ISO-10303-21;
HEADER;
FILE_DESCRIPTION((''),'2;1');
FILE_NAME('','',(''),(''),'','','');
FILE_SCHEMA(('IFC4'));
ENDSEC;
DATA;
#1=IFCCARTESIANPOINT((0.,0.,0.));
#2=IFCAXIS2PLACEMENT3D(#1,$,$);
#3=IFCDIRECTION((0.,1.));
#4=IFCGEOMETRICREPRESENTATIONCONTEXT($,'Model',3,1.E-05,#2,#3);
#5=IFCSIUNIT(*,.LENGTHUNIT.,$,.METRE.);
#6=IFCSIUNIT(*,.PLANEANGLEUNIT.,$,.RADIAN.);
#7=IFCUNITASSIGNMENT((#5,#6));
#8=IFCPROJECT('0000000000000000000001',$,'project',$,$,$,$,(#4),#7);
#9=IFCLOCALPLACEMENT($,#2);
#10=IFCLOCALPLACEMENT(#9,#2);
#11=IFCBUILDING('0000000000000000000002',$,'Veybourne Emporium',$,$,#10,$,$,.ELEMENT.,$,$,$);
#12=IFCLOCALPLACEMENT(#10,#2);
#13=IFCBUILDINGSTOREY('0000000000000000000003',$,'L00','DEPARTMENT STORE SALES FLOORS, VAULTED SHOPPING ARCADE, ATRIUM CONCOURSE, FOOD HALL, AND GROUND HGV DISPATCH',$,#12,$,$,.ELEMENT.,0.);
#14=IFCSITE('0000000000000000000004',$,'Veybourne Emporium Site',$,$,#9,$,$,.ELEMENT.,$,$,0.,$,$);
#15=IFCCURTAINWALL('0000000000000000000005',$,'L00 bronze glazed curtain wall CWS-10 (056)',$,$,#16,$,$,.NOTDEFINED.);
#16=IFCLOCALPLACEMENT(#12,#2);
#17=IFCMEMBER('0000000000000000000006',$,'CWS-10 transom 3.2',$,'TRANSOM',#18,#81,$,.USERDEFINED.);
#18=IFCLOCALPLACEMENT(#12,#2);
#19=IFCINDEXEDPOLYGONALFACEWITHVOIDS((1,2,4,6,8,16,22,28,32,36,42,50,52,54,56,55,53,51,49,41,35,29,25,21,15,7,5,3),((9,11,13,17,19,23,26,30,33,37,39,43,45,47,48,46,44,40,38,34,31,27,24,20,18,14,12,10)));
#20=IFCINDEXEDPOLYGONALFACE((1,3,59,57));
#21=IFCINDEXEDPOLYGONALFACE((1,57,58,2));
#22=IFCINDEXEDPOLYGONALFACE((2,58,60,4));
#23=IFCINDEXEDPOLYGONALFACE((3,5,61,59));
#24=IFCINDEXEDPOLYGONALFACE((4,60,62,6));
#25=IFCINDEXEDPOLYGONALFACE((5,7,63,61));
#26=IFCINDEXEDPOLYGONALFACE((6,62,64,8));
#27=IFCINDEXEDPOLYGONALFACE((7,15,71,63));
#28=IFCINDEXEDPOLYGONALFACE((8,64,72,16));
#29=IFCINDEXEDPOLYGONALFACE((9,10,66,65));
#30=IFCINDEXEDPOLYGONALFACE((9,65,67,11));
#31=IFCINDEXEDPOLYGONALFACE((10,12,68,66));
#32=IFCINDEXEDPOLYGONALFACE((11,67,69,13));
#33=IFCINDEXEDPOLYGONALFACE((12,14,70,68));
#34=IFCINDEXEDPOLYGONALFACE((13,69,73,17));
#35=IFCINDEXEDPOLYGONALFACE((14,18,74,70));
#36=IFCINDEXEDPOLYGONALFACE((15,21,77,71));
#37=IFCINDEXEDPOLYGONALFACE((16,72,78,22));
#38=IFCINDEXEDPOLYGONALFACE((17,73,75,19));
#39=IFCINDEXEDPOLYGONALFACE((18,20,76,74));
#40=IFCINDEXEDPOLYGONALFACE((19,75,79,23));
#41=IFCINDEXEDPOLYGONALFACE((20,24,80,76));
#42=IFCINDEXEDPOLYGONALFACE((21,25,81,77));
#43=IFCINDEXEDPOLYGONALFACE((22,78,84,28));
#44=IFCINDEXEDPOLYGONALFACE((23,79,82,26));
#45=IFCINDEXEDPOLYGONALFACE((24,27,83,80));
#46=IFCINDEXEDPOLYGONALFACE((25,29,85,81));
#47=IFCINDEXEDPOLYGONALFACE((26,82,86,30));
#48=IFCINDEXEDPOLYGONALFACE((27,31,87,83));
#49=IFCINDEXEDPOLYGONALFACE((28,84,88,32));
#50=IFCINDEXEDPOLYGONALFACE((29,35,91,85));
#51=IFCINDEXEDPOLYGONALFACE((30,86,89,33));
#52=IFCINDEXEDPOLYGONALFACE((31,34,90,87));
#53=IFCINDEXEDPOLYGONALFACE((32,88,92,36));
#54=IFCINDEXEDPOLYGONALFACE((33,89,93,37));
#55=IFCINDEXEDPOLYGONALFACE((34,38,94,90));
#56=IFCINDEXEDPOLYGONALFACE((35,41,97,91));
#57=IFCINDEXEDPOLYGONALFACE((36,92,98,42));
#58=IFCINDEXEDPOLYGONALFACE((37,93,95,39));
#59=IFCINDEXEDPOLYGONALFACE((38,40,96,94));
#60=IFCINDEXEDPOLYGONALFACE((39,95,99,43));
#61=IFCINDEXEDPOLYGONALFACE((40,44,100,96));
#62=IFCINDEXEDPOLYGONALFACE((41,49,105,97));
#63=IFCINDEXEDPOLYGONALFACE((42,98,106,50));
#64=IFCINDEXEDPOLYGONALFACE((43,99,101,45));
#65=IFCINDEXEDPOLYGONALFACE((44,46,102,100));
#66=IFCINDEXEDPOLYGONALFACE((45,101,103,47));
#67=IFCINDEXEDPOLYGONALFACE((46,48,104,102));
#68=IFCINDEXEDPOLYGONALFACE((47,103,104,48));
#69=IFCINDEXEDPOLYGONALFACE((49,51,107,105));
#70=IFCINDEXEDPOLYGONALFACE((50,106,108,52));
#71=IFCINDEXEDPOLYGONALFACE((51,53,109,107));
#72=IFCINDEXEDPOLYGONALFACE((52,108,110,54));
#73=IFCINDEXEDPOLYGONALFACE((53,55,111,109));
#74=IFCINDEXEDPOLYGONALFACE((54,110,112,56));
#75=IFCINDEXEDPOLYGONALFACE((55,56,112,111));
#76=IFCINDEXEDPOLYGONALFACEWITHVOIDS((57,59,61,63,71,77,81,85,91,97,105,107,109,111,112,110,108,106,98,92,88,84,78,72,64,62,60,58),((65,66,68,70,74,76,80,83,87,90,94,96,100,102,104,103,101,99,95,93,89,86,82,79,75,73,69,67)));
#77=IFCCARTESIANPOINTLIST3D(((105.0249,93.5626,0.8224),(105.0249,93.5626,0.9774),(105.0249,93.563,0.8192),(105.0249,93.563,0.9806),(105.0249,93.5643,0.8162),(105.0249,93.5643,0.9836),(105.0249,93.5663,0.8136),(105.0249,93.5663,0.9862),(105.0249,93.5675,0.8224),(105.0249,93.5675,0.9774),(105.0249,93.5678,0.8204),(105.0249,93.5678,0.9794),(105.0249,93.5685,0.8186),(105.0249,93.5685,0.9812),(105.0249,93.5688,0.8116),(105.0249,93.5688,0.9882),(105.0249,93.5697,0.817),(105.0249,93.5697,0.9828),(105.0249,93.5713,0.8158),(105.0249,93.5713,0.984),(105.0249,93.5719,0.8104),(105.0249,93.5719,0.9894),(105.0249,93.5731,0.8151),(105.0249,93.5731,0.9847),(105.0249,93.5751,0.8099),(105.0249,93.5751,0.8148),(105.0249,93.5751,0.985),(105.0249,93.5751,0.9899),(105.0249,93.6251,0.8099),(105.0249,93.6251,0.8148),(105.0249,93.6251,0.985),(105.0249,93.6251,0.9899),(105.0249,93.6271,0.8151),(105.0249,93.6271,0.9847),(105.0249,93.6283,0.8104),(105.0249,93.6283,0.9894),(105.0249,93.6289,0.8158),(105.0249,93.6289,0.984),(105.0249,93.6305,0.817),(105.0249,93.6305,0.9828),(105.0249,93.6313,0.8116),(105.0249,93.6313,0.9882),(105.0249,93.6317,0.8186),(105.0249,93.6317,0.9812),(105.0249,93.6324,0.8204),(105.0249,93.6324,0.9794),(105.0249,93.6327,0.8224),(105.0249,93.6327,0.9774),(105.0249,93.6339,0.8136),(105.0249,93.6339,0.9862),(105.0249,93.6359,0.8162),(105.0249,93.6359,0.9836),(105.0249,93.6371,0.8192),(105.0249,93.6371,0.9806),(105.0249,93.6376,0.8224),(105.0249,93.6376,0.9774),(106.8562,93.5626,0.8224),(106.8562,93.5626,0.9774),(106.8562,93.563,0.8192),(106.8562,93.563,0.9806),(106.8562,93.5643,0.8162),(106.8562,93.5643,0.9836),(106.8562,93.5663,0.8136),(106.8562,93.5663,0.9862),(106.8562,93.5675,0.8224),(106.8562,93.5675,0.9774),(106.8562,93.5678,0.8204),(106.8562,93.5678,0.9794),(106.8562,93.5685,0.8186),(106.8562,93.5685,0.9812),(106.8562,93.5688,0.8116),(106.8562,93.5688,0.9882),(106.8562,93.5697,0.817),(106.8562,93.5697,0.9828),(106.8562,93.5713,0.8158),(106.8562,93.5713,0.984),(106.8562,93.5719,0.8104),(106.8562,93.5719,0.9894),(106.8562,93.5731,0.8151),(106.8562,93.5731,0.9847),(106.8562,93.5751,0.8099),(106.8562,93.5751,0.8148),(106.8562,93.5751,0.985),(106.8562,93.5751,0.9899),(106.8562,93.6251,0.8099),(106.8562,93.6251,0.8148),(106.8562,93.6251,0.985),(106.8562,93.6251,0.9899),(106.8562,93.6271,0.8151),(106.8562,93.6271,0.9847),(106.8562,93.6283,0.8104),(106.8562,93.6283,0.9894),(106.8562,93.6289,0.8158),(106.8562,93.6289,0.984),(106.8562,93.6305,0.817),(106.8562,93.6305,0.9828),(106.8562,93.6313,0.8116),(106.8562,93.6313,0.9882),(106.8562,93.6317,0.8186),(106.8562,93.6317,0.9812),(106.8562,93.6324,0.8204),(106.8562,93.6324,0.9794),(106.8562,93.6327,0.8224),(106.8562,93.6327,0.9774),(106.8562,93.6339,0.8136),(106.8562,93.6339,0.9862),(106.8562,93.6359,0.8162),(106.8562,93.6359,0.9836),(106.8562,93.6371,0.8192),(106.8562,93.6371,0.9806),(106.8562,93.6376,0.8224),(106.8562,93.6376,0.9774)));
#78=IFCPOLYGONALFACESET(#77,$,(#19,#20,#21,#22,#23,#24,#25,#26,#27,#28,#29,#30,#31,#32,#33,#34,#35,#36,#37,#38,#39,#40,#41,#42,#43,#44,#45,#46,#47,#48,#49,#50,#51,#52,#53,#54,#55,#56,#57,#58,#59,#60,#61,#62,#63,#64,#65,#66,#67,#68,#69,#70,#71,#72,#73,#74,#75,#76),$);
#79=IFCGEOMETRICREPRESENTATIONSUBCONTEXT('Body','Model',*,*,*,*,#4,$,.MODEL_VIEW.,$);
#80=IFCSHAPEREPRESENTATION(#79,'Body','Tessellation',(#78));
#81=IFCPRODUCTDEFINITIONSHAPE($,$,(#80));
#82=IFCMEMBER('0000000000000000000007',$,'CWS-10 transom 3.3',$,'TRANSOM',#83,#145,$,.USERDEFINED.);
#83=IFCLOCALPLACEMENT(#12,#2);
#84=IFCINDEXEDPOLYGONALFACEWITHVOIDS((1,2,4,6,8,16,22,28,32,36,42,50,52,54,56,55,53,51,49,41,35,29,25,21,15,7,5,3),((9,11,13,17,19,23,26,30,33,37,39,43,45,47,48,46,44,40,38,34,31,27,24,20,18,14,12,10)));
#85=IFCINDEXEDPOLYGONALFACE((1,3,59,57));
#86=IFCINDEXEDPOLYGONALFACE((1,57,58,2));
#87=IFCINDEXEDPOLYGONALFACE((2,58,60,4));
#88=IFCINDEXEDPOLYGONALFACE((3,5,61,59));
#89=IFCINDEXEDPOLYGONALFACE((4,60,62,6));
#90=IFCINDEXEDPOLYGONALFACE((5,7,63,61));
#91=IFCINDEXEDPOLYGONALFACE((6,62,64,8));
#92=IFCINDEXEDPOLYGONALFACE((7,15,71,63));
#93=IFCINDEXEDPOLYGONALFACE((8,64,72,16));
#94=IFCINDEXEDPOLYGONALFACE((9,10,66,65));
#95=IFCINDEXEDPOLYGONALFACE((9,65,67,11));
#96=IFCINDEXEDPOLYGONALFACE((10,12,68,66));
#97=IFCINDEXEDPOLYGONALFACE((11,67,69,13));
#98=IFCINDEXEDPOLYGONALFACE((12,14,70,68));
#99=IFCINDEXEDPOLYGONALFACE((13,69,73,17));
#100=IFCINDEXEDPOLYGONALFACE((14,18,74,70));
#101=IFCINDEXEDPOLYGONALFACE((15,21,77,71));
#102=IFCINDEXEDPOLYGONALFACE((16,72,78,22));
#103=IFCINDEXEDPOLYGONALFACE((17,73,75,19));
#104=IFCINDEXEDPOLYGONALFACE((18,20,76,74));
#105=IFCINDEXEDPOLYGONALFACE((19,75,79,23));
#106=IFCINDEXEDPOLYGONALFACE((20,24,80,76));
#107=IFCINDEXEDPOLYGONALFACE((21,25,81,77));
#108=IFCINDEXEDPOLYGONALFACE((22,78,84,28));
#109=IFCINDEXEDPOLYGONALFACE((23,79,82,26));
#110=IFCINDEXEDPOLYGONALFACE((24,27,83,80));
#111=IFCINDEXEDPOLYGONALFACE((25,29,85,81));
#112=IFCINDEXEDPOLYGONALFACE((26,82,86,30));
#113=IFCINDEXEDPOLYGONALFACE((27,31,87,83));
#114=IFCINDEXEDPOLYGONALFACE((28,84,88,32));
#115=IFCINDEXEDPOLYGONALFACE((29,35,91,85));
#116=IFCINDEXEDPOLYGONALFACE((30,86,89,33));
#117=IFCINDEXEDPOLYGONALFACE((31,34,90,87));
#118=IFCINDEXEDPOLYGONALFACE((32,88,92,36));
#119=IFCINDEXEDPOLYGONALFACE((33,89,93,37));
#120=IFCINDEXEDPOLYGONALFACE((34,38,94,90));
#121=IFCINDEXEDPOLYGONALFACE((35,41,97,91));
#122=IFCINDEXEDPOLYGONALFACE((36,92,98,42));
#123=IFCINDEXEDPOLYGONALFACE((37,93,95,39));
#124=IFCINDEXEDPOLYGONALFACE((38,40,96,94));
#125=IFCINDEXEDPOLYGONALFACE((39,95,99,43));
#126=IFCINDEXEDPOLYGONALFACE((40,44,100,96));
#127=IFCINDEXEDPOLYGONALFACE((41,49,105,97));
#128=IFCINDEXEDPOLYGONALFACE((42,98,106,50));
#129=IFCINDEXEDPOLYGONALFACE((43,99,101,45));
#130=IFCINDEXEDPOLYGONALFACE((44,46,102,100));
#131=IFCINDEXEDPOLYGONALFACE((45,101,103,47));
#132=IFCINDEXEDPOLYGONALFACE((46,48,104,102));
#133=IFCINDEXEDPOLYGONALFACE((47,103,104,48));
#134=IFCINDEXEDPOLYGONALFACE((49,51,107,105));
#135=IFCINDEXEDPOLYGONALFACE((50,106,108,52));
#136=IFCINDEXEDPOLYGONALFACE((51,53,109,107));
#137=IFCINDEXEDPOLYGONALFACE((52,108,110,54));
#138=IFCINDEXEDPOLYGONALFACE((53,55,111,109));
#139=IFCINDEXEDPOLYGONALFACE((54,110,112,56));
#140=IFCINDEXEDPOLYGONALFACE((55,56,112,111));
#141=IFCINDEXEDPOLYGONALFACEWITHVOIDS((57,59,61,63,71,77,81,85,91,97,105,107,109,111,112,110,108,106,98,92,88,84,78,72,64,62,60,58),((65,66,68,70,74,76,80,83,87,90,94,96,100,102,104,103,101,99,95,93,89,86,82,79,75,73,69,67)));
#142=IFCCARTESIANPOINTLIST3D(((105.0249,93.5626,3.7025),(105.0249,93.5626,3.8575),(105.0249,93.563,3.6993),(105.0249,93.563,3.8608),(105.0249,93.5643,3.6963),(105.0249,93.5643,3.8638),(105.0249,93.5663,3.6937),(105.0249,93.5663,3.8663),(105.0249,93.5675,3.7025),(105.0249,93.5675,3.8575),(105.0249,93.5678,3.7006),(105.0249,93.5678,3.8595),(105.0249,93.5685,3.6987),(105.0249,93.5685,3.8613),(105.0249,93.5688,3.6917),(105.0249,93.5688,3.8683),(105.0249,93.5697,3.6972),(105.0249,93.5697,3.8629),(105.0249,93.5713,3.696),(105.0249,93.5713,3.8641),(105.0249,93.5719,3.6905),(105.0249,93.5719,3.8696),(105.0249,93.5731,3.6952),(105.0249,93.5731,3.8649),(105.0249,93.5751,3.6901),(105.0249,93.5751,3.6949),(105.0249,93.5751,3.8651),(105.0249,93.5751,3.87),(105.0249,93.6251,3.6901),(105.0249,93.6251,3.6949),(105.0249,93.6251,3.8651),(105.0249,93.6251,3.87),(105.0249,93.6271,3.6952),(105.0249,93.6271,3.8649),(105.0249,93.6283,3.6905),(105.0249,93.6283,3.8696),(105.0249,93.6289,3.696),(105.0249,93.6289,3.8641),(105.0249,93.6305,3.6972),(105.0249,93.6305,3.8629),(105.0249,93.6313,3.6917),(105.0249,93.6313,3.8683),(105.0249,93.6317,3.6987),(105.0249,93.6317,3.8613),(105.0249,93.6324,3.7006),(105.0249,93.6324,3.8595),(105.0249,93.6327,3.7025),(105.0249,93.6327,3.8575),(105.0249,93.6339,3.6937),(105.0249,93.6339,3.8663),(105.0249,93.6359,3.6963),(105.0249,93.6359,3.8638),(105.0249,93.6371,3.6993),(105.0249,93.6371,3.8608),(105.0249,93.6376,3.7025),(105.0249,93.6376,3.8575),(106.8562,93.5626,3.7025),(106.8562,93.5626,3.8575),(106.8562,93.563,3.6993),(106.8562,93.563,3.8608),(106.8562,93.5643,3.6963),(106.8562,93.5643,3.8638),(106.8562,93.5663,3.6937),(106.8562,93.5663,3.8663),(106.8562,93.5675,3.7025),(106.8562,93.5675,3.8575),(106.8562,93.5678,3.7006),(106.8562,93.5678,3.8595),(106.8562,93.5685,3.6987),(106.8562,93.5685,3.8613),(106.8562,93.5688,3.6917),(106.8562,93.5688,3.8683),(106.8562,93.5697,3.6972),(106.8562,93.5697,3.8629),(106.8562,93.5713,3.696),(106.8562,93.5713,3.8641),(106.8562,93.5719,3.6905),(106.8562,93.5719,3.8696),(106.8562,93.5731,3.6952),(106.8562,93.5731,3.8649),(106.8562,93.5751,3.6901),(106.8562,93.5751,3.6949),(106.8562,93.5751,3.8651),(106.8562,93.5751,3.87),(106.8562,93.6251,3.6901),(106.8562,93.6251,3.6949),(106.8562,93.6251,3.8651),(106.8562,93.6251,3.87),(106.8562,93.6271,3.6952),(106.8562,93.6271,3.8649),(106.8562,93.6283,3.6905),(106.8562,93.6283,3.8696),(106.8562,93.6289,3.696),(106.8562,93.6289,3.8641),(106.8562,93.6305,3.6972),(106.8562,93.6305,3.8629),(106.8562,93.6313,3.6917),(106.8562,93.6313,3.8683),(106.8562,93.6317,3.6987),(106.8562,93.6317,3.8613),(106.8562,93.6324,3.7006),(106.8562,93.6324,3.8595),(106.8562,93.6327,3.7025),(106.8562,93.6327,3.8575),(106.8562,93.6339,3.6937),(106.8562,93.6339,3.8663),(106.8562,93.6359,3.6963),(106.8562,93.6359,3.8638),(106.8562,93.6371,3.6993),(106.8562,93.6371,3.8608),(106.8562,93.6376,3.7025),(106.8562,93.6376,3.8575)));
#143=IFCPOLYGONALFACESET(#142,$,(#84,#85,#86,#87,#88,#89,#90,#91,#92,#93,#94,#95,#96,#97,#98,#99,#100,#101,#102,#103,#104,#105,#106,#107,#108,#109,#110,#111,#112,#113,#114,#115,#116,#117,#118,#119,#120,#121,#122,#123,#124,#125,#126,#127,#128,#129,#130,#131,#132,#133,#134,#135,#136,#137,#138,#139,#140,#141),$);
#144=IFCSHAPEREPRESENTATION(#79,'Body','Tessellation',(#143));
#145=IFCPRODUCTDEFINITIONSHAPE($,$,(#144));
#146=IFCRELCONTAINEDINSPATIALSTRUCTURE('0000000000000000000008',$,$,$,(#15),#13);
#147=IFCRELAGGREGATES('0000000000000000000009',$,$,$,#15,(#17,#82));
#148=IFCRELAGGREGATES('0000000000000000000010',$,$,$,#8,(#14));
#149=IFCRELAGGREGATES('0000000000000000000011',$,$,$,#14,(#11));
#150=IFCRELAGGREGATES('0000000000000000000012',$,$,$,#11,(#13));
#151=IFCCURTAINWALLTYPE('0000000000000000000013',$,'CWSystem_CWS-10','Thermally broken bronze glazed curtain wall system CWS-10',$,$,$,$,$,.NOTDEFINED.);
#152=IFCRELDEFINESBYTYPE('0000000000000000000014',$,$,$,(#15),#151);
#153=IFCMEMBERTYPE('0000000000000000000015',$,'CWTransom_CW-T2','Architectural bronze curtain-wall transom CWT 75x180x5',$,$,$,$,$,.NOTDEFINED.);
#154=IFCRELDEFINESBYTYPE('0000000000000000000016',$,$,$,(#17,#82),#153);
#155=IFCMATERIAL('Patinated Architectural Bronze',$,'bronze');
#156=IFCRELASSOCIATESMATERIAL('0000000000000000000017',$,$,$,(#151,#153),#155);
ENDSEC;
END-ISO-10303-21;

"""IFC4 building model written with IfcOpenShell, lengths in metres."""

from ifc_helpers import new_model, si_unit, direction, frame, origin, origin_2d, place, context, subcontext, project, spatial, hollow_rectangle, extrude, material, material_profile, profile_set, type_object, element, aggregate, save


model = new_model("IFC4")

# Units and contexts
model_context = context("Model", 3, precision=1e-05, world=origin(), true_north=direction((0.0, 1.0)))
body_context = subcontext(model_context, "Body", "Model", "MODEL_VIEW")
ifc_project = project(units=[si_unit("LENGTHUNIT", "METRE"), si_unit("PLANEANGLEUNIT", "RADIAN")], contexts=[model_context])

# Site, building, storey
site_placement = place(None, origin())
site = spatial("IfcSite", under=ifc_project, at=site_placement, Name="Veybourne Emporium Site", CompositionType="ELEMENT", RefElevation=0.0)
building_placement = place(site_placement, origin())
building = spatial("IfcBuilding", under=site, at=building_placement, Name="Veybourne Emporium", CompositionType="ELEMENT")
storey_placement = place(building_placement, origin())
storey = spatial("IfcBuildingStorey", under=building, at=storey_placement, Name="L00", Description="DEPARTMENT STORE SALES FLOORS, VAULTED SHOPPING ARCADE, ATRIUM CONCOURSE, FOOD HALL, AND GROUND HGV DISPATCH", CompositionType="ELEMENT", Elevation=0.0)

# Curtain wall, members
ifc_material_1 = material(Name="Patinated Architectural Bronze", Category="bronze")
curtain_wall_type = type_object("IfcCurtainWallType", Name="CWSystem_CWS-10", Description="Thermally broken bronze glazed curtain wall system CWS-10", PredefinedType="NOTDEFINED", material=ifc_material_1)
curtain_wall_placement = place(storey_placement, origin())
curtain_wall = element("IfcCurtainWall", 1, at=curtain_wall_placement, inside=storey, type_object=curtain_wall_type, Name="L00 bronze glazed curtain wall CWS-10 (056)", PredefinedType="NOTDEFINED")
ifc_material_profile_1 = material_profile(ifc_material_1, hollow_rectangle(XDim=0.075, YDim=0.1799, WallThickness=0.0049, InnerFilletRadius=0.0076, OuterFilletRadius=0.0125, at=origin_2d()), Name="CWT 75x180x5")
ifc_profile_set_1 = profile_set([ifc_material_profile_1], Name="Patinated Architectural Bronze")
member_type_1 = type_object("IfcMemberType", Name="CWTransom_CW-T2", Description="Architectural bronze curtain-wall transom CWT 75x180x5", PredefinedType="NOTDEFINED", material=ifc_profile_set_1)
member_1_placement = place(storey_placement, frame((105.0249, 93.6001, 0.8999), z_axis=(1.0, 0.0, 0.0), x_axis=(0.0, 1.0, 0.0)))
member_1 = element("IfcMember", 2, at=member_1_placement, type_object=member_type_1, Name="CWS-10 transom 3.2", ObjectType="TRANSOM", PredefinedType="USERDEFINED", context=body_context, shape_type="SweptSolid", body=[
    extrude(hollow_rectangle(XDim=0.075, YDim=0.1799, WallThickness=0.0049, InnerFilletRadius=0.0076, OuterFilletRadius=0.0125, at=origin_2d()), origin(), (0.0, 0.0, 1.0), 1.8313),
])
member_2_placement = place(storey_placement, frame((105.0249, 93.6001, 3.78), z_axis=(1.0, 0.0, 0.0), x_axis=(0.0, 1.0, 0.0)))
member_2 = element("IfcMember", 3, at=member_2_placement, type_object=member_type_1, Name="CWS-10 transom 3.3", ObjectType="TRANSOM", PredefinedType="USERDEFINED", context=body_context, shape_type="SweptSolid", body=[
    extrude(hollow_rectangle(XDim=0.075, YDim=0.1799, WallThickness=0.0049, InnerFilletRadius=0.0076, OuterFilletRadius=0.0125, at=origin_2d()), origin(), (0.0, 0.0, 1.0), 1.8313),
])

aggregate(curtain_wall, [member_1, member_2])

save(model, "model.ifc")
